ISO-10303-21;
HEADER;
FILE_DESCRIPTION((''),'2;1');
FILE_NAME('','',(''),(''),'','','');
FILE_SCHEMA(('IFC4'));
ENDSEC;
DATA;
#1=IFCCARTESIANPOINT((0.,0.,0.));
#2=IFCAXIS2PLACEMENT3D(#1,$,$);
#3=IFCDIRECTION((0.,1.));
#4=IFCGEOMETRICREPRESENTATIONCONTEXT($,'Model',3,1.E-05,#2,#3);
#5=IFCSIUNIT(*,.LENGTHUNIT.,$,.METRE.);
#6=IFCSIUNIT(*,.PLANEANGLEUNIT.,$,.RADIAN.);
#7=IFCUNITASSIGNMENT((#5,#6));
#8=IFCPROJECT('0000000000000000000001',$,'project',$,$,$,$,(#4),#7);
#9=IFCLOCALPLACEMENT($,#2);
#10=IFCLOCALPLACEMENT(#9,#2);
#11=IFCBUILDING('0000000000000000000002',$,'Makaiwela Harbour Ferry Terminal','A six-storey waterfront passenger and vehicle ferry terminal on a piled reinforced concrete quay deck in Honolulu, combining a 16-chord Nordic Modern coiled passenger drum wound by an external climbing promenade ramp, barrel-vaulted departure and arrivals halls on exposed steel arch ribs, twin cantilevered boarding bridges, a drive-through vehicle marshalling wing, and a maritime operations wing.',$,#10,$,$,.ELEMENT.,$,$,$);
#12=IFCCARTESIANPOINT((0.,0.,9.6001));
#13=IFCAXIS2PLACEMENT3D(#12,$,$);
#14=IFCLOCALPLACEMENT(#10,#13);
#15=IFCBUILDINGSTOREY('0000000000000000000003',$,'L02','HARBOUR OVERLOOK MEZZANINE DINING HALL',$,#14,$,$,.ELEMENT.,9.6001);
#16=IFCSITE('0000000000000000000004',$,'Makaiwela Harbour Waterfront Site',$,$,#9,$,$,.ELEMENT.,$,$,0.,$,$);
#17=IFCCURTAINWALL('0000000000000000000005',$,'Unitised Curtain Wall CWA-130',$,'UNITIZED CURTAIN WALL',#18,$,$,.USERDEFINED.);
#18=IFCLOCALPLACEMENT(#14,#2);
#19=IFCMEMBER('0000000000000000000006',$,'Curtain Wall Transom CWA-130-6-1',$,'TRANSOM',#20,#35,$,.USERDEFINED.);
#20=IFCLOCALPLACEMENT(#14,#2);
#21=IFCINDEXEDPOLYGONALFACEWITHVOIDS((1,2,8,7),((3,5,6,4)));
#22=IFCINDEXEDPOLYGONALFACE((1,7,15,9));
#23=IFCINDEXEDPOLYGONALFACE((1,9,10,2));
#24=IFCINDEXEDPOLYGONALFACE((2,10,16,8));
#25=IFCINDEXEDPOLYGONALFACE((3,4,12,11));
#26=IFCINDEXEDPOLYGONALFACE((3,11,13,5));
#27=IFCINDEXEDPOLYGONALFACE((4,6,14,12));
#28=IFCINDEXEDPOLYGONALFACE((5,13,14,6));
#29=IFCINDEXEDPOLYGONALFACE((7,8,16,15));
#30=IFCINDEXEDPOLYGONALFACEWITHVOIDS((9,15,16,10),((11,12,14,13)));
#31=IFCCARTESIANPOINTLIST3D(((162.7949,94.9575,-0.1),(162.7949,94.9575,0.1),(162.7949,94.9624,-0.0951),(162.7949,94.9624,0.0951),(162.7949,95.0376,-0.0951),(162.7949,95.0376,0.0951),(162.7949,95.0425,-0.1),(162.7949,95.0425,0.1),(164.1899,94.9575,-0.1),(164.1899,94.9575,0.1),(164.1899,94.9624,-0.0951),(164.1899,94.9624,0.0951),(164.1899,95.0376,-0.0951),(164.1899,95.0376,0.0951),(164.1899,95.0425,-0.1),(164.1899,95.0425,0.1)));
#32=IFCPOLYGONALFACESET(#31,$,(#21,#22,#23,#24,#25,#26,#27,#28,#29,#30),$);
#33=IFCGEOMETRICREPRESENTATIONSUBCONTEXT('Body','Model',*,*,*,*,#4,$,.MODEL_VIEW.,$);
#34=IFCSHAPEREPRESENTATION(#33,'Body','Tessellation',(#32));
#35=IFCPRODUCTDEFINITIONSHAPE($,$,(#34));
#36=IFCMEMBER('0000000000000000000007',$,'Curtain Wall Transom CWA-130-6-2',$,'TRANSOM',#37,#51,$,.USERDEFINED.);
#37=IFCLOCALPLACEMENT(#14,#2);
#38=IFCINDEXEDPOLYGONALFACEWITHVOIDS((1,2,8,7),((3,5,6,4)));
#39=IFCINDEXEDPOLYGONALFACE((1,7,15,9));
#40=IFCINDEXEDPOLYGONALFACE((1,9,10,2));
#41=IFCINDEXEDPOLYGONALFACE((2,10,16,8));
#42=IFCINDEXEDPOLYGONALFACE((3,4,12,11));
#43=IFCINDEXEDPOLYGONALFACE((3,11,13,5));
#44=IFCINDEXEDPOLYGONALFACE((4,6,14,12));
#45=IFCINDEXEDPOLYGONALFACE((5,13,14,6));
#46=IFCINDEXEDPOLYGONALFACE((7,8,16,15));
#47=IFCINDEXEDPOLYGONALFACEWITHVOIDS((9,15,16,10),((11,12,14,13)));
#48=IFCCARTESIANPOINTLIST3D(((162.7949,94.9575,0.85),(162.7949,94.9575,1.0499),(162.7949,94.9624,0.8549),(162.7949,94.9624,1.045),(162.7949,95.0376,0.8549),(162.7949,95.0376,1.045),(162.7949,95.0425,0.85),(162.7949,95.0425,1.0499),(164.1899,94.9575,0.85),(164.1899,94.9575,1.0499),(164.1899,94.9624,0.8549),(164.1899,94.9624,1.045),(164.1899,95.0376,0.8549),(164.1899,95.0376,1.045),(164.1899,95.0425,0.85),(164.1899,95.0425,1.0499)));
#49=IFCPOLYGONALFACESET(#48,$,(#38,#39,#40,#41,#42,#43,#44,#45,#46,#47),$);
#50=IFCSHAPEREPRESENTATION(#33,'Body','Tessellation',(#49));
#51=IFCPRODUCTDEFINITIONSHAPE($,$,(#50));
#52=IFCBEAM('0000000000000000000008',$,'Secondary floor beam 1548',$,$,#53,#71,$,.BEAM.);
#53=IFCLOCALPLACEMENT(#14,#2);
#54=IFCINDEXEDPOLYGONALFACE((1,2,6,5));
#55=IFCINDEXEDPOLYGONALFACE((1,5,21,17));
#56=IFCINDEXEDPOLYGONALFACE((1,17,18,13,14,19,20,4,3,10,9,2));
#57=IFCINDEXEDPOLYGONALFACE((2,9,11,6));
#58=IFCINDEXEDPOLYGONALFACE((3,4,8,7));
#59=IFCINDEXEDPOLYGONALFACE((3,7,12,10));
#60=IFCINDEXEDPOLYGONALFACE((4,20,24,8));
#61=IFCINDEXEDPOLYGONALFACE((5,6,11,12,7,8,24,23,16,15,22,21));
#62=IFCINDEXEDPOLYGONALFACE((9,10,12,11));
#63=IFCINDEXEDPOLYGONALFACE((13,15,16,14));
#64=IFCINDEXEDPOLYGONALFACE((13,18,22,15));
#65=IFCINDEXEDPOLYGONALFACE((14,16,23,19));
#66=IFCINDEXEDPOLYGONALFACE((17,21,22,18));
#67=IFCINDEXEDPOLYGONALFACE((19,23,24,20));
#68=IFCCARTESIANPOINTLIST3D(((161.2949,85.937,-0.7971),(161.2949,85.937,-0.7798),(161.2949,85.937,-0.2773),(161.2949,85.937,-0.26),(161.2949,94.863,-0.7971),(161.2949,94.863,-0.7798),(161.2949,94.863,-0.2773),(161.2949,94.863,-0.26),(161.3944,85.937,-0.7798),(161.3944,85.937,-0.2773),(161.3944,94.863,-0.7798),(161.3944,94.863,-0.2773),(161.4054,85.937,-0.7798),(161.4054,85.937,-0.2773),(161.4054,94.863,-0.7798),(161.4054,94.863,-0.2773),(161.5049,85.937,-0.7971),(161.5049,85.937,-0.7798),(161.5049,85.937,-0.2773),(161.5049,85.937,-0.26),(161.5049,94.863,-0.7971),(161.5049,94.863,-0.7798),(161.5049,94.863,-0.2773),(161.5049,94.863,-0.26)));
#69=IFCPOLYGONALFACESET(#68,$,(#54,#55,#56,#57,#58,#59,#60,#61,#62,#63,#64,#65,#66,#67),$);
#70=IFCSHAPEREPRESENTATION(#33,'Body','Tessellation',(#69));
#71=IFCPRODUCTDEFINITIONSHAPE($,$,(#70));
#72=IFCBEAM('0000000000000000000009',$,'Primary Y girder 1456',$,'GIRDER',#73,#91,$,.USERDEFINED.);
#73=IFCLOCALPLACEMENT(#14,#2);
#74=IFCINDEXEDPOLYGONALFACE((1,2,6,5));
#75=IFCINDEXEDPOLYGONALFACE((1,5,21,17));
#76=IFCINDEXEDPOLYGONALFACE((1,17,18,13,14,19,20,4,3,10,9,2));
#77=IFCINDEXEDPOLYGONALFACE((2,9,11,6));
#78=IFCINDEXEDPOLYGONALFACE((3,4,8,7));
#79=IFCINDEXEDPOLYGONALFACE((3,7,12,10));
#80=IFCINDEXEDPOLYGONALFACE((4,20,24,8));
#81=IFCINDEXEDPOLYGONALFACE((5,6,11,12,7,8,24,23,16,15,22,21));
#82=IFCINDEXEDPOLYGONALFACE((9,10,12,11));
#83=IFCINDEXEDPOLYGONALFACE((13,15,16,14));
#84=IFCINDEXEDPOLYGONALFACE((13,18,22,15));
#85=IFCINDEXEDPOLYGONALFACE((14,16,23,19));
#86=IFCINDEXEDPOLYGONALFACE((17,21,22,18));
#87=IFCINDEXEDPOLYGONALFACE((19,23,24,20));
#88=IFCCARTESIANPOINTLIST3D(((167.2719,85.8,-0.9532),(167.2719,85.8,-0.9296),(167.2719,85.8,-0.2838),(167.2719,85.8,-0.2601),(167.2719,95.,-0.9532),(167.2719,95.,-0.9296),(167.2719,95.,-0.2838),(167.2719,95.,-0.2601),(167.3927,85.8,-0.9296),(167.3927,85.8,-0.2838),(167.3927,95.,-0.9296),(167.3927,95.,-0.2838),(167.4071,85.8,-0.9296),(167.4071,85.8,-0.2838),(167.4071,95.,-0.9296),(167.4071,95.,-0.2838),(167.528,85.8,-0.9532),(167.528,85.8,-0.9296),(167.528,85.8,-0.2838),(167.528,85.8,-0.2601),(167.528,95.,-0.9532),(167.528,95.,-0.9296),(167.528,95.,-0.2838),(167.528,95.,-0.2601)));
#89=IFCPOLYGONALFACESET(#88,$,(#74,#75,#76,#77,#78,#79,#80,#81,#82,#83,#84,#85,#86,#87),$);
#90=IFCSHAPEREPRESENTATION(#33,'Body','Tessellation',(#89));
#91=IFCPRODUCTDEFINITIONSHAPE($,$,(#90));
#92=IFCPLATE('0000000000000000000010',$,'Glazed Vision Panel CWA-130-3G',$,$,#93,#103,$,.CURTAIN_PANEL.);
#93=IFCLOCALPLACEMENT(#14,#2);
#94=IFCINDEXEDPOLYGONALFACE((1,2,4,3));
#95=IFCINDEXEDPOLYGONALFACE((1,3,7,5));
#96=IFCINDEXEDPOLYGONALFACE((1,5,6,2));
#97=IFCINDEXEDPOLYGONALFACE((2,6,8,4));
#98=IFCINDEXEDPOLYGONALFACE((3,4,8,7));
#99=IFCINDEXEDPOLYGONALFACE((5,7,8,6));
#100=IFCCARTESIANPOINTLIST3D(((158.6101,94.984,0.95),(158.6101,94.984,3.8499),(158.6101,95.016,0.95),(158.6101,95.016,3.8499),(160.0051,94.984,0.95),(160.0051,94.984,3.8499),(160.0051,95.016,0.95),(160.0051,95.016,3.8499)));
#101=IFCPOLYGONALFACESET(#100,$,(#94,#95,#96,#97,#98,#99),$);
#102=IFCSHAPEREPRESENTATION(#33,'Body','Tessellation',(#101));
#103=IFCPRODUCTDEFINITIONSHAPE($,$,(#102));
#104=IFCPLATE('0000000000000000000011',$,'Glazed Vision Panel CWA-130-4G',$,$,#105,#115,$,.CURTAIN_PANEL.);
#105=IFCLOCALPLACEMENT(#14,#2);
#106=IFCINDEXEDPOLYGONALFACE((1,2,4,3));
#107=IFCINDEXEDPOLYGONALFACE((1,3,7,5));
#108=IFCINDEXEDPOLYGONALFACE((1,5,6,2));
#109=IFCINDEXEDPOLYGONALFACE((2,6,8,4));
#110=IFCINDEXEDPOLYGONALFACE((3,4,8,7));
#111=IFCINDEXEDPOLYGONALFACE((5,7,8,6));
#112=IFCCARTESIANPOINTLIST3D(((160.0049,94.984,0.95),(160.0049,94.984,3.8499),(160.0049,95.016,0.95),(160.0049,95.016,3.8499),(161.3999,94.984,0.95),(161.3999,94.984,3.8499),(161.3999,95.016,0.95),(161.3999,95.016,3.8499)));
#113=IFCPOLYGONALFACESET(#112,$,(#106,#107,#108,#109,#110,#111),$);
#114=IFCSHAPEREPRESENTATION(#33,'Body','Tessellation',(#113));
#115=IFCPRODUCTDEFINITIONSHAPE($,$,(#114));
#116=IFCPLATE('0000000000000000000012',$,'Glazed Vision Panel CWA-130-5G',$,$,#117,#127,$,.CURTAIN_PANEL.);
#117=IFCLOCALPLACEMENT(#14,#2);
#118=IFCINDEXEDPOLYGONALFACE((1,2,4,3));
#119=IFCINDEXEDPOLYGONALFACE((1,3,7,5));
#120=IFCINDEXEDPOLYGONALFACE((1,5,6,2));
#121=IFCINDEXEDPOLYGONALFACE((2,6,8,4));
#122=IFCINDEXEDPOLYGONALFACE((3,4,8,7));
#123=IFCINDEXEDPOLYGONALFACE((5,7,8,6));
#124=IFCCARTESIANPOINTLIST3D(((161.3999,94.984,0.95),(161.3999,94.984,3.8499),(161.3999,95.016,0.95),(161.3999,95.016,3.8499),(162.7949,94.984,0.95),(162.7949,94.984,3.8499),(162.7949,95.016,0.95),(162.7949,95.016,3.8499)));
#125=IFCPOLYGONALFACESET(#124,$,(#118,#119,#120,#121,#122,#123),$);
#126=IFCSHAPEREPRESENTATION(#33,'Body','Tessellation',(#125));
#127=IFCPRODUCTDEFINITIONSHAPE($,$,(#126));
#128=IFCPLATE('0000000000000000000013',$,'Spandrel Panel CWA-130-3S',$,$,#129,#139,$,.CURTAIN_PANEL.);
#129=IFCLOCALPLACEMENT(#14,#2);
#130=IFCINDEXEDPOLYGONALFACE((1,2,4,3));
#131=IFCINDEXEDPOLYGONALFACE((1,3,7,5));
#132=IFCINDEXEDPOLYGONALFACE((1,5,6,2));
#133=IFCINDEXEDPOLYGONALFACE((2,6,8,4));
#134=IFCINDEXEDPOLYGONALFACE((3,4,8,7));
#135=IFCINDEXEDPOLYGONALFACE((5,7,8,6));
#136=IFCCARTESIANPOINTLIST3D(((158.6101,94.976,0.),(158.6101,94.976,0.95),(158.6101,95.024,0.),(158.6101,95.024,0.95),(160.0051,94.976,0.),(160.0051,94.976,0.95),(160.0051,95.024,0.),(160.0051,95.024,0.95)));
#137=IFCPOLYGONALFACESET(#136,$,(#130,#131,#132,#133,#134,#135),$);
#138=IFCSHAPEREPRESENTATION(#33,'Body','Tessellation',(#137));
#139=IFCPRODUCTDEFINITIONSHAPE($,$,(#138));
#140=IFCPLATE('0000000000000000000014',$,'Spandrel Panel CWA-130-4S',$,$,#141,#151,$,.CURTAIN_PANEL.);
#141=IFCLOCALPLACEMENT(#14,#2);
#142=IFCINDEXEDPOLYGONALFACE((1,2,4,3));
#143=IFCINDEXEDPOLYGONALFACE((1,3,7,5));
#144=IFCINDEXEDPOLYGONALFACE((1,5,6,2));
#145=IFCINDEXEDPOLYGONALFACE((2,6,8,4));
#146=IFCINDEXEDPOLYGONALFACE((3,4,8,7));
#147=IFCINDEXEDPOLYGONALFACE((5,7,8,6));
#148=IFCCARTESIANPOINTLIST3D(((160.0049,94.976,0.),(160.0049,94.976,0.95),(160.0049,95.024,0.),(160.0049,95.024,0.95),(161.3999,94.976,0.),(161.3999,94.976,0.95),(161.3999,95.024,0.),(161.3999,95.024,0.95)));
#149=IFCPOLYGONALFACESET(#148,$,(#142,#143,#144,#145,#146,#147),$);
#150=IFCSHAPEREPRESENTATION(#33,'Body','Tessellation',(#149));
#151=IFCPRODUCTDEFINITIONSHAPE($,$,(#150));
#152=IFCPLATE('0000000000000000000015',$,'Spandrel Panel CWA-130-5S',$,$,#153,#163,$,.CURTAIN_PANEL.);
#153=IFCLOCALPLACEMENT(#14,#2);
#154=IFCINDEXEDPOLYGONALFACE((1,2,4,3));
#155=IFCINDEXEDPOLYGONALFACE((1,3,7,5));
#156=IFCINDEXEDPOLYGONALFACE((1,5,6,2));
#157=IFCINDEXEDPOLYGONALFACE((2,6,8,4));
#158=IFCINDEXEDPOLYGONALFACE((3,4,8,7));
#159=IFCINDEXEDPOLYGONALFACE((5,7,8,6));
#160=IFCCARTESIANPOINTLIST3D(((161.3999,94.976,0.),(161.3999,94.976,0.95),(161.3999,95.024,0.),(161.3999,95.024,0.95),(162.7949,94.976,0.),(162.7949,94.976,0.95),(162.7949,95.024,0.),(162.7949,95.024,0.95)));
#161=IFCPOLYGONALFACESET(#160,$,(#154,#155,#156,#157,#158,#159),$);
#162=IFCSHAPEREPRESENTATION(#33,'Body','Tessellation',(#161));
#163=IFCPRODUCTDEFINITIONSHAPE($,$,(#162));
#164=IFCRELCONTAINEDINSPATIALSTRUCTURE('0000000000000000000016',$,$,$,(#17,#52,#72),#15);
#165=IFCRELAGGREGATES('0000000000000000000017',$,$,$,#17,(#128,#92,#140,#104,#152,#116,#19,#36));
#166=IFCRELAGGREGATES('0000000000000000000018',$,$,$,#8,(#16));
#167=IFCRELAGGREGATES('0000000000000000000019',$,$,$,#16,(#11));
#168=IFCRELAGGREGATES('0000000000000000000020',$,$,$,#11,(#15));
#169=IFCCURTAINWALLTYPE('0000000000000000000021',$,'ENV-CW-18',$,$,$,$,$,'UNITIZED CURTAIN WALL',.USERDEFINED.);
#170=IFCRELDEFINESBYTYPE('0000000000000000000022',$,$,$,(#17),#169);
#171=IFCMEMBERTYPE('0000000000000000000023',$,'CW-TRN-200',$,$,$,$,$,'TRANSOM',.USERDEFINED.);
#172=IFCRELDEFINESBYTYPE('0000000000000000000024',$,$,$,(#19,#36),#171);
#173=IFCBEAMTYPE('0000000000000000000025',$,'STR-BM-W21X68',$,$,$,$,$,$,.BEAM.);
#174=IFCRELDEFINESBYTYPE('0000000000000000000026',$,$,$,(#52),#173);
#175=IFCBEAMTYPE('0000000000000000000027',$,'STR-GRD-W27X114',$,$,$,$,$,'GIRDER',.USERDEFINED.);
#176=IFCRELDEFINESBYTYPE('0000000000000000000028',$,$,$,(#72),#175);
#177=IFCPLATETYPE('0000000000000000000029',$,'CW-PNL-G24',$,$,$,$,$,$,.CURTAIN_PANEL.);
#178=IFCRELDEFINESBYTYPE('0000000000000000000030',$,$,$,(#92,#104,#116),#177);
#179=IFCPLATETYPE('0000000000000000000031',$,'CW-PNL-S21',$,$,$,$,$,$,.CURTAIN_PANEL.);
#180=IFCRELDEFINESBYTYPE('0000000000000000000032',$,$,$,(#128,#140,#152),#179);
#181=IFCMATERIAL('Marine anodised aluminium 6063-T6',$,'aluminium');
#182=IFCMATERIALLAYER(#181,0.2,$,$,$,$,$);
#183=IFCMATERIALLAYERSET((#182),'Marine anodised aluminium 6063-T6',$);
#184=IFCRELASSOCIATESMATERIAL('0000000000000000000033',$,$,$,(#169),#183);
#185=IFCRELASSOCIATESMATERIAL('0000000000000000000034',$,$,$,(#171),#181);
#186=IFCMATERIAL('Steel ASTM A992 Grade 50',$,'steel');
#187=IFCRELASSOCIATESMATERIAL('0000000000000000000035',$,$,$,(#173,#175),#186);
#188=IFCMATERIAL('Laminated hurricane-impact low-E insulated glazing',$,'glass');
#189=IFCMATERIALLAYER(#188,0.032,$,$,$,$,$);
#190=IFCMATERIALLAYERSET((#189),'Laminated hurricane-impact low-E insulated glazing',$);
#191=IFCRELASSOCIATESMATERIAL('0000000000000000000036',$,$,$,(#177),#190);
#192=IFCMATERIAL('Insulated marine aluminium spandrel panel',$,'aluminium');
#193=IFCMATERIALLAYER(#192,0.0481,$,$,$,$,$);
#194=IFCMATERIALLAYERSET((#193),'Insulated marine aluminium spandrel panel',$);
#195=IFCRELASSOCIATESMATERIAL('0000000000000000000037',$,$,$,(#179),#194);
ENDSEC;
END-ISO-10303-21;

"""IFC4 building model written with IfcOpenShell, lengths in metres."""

from ifc_helpers import new_model, si_unit, direction, frame, origin, origin_2d, place, context, subcontext, project, spatial, rectangle, hollow_rectangle, i_section, extrude, material, layer, layer_set, material_profile, profile_set, type_object, element, aggregate, save


model = new_model("IFC4")

# Units and contexts
model_context = context("Model", 3, precision=1e-05, world=origin(), true_north=direction((0.0, 1.0)))
body_context = subcontext(model_context, "Body", "Model", "MODEL_VIEW")
ifc_project = project(units=[si_unit("LENGTHUNIT", "METRE"), si_unit("PLANEANGLEUNIT", "RADIAN")], contexts=[model_context])

# Site, building, storey
site_placement = place(None, origin())
site = spatial("IfcSite", under=ifc_project, at=site_placement, Name="Makaiwela Harbour Waterfront Site", CompositionType="ELEMENT", RefElevation=0.0)
building_placement = place(site_placement, origin())
building = spatial("IfcBuilding", under=site, at=building_placement, Name="Makaiwela Harbour Ferry Terminal", Description="A six-storey waterfront passenger and vehicle ferry terminal on a piled reinforced concrete quay deck in Honolulu, combining a 16-chord Nordic Modern coiled passenger drum wound by an external climbing promenade ramp, barrel-vaulted departure and arrivals halls on exposed steel arch ribs, twin cantilevered boarding bridges, a drive-through vehicle marshalling wing, and a maritime operations wing.", CompositionType="ELEMENT")
storey_placement = place(building_placement, frame((0.0, 0.0, 9.6001)))
storey = spatial("IfcBuildingStorey", under=building, at=storey_placement, Name="L02", Description="HARBOUR OVERLOOK MEZZANINE DINING HALL", CompositionType="ELEMENT", Elevation=9.6001)

# Shared definitions
ifc_material_1 = material(Name="Steel ASTM A992 Grade 50", Category="steel")

# Curtain wall, members
ifc_material_2 = material(Name="Marine anodised aluminium 6063-T6", Category="aluminium")
ifc_layer_1 = layer(ifc_material_2, 0.2)
ifc_layer_set_1 = layer_set([ifc_layer_1], Name="Marine anodised aluminium 6063-T6")
curtain_wall_type = type_object("IfcCurtainWallType", Name="ENV-CW-18", ElementType="UNITIZED CURTAIN WALL", PredefinedType="USERDEFINED", material=ifc_layer_set_1)
curtain_wall_placement = place(storey_placement, origin())
curtain_wall = element("IfcCurtainWall", 1, at=curtain_wall_placement, inside=storey, type_object=curtain_wall_type, Name="Unitised Curtain Wall CWA-130", ObjectType="UNITIZED CURTAIN WALL", PredefinedType="USERDEFINED")
ifc_material_profile_1 = material_profile(ifc_material_2, hollow_rectangle(XDim=0.085, YDim=0.2, WallThickness=0.0049, at=origin_2d()), Name="CWT-200X85")
ifc_profile_set_1 = profile_set([ifc_material_profile_1], Name="Marine anodised aluminium 6063-T6")
member_type_1 = type_object("IfcMemberType", Name="CW-TRN-200", ElementType="TRANSOM", PredefinedType="USERDEFINED", material=ifc_profile_set_1)
member_1_placement = place(storey_placement, frame((162.7949, 95.0, 0.0), z_axis=(1.0, 0.0, 0.0), x_axis=(0.0, 1.0, 0.0)))
member_1 = element("IfcMember", 2, at=member_1_placement, type_object=member_type_1, Name="Curtain Wall Transom CWA-130-6-1", ObjectType="TRANSOM", PredefinedType="USERDEFINED", context=body_context, shape_type="SweptSolid", body=[
    extrude(hollow_rectangle(XDim=0.085, YDim=0.2, WallThickness=0.0049, at=origin_2d()), origin(), (0.0, 0.0, 1.0), 1.395),
])
member_2_placement = place(storey_placement, frame((162.7949, 95.0, 0.95), z_axis=(1.0, 0.0, 0.0), x_axis=(0.0, 1.0, 0.0)))
member_2 = element("IfcMember", 3, at=member_2_placement, type_object=member_type_1, Name="Curtain Wall Transom CWA-130-6-2", ObjectType="TRANSOM", PredefinedType="USERDEFINED", context=body_context, shape_type="SweptSolid", body=[
    extrude(hollow_rectangle(XDim=0.085, YDim=0.2, WallThickness=0.0049, at=origin_2d()), origin(), (0.0, 0.0, 1.0), 1.395),
])

# Beams
ifc_material_profile_2 = material_profile(ifc_material_1, i_section(OverallWidth=0.21, OverallDepth=0.5371, WebThickness=0.011, FlangeThickness=0.0173, at=origin_2d()), Name="W21X68")
ifc_profile_set_2 = profile_set([ifc_material_profile_2], Name="Steel ASTM A992 Grade 50")
beam_type_1 = type_object("IfcBeamType", Name="STR-BM-W21X68", PredefinedType="BEAM", material=ifc_profile_set_2)
beam_1_placement = place(storey_placement, frame((161.3999, 85.937, -0.5286), z_axis=(0.0, 1.0, 0.0), x_axis=(-1.0, 0.0, 0.0)))
element("IfcBeam", 4, at=beam_1_placement, inside=storey, type_object=beam_type_1, Name="Secondary floor beam 1548", PredefinedType="BEAM", context=body_context, shape_type="SweptSolid", body=[
    extrude(i_section(OverallWidth=0.21, OverallDepth=0.5371, WebThickness=0.011, FlangeThickness=0.0173, at=origin_2d()), origin(), (0.0, 0.0, 1.0), 8.926),
])
ifc_material_profile_3 = material_profile(ifc_material_1, i_section(OverallWidth=0.2561, OverallDepth=0.6931, WebThickness=0.0144, FlangeThickness=0.0237, at=origin_2d()), Name="W27X114")
ifc_profile_set_3 = profile_set([ifc_material_profile_3], Name="Steel ASTM A992 Grade 50")
beam_type_2 = type_object("IfcBeamType", Name="STR-GRD-W27X114", ElementType="GIRDER", PredefinedType="USERDEFINED", material=ifc_profile_set_3)
beam_2_placement = place(storey_placement, frame((167.3999, 85.8, -0.6067), z_axis=(0.0, 1.0, 0.0), x_axis=(-1.0, 0.0, 0.0)))
element("IfcBeam", 5, at=beam_2_placement, inside=storey, type_object=beam_type_2, Name="Primary Y girder 1456", ObjectType="GIRDER", PredefinedType="USERDEFINED", context=body_context, shape_type="SweptSolid", body=[
    extrude(i_section(OverallWidth=0.2561, OverallDepth=0.6931, WebThickness=0.0144, FlangeThickness=0.0237, at=origin_2d()), origin(), (0.0, 0.0, 1.0), 9.2),
])

# Plates
ifc_material_3 = material(Name="Laminated hurricane-impact low-E insulated glazing", Category="glass")
ifc_layer_2 = layer(ifc_material_3, 0.032)
ifc_layer_set_2 = layer_set([ifc_layer_2], Name="Laminated hurricane-impact low-E insulated glazing")
plate_type_1 = type_object("IfcPlateType", Name="CW-PNL-G24", PredefinedType="CURTAIN_PANEL", material=ifc_layer_set_2)
plate_1_placement = place(storey_placement, frame((159.3076, 95.0, 0.95), z_axis=(0.0, 0.0, 1.0), x_axis=(1.0, 0.0, 0.0)))
plate_1 = element("IfcPlate", 6, at=plate_1_placement, type_object=plate_type_1, Name="Glazed Vision Panel CWA-130-3G", PredefinedType="CURTAIN_PANEL", context=body_context, shape_type="SweptSolid", body=[
    extrude(rectangle(XDim=1.395, YDim=0.032, at=origin_2d()), origin(), (0.0, 0.0, 1.0), 2.8999),
])
plate_2_placement = place(storey_placement, frame((160.7024, 95.0, 0.95), z_axis=(0.0, 0.0, 1.0), x_axis=(1.0, 0.0, 0.0)))
plate_2 = element("IfcPlate", 7, at=plate_2_placement, type_object=plate_type_1, Name="Glazed Vision Panel CWA-130-4G", PredefinedType="CURTAIN_PANEL", context=body_context, shape_type="SweptSolid", body=[
    extrude(rectangle(XDim=1.395, YDim=0.032, at=origin_2d()), origin(), (0.0, 0.0, 1.0), 2.8999),
])
plate_3_placement = place(storey_placement, frame((162.0974, 95.0, 0.95), z_axis=(0.0, 0.0, 1.0), x_axis=(1.0, 0.0, 0.0)))
plate_3 = element("IfcPlate", 8, at=plate_3_placement, type_object=plate_type_1, Name="Glazed Vision Panel CWA-130-5G", PredefinedType="CURTAIN_PANEL", context=body_context, shape_type="SweptSolid", body=[
    extrude(rectangle(XDim=1.395, YDim=0.032, at=origin_2d()), origin(), (0.0, 0.0, 1.0), 2.8999),
])
ifc_material_4 = material(Name="Insulated marine aluminium spandrel panel", Category="aluminium")
ifc_layer_3 = layer(ifc_material_4, 0.0481)
ifc_layer_set_3 = layer_set([ifc_layer_3], Name="Insulated marine aluminium spandrel panel")
plate_type_2 = type_object("IfcPlateType", Name="CW-PNL-S21", PredefinedType="CURTAIN_PANEL", material=ifc_layer_set_3)
plate_4_placement = place(storey_placement, frame((159.3076, 95.0, 0.0), z_axis=(0.0, 0.0, 1.0), x_axis=(1.0, 0.0, 0.0)))
plate_4 = element("IfcPlate", 9, at=plate_4_placement, type_object=plate_type_2, Name="Spandrel Panel CWA-130-3S", PredefinedType="CURTAIN_PANEL", context=body_context, shape_type="SweptSolid", body=[
    extrude(rectangle(XDim=1.395, YDim=0.0481, at=origin_2d()), origin(), (0.0, 0.0, 1.0), 0.95),
])
plate_5_placement = place(storey_placement, frame((160.7024, 95.0, 0.0), z_axis=(0.0, 0.0, 1.0), x_axis=(1.0, 0.0, 0.0)))
plate_5 = element("IfcPlate", 10, at=plate_5_placement, type_object=plate_type_2, Name="Spandrel Panel CWA-130-4S", PredefinedType="CURTAIN_PANEL", context=body_context, shape_type="SweptSolid", body=[
    extrude(rectangle(XDim=1.395, YDim=0.0481, at=origin_2d()), origin(), (0.0, 0.0, 1.0), 0.95),
])
plate_6_placement = place(storey_placement, frame((162.0974, 95.0, 0.0), z_axis=(0.0, 0.0, 1.0), x_axis=(1.0, 0.0, 0.0)))
plate_6 = element("IfcPlate", 11, at=plate_6_placement, type_object=plate_type_2, Name="Spandrel Panel CWA-130-5S", PredefinedType="CURTAIN_PANEL", context=body_context, shape_type="SweptSolid", body=[
    extrude(rectangle(XDim=1.395, YDim=0.0481, at=origin_2d()), origin(), (0.0, 0.0, 1.0), 0.95),
])
aggregate(curtain_wall, [plate_4, plate_1, plate_5, plate_2, plate_6, plate_3, member_1, member_2])

save(model, "model.ifc")
